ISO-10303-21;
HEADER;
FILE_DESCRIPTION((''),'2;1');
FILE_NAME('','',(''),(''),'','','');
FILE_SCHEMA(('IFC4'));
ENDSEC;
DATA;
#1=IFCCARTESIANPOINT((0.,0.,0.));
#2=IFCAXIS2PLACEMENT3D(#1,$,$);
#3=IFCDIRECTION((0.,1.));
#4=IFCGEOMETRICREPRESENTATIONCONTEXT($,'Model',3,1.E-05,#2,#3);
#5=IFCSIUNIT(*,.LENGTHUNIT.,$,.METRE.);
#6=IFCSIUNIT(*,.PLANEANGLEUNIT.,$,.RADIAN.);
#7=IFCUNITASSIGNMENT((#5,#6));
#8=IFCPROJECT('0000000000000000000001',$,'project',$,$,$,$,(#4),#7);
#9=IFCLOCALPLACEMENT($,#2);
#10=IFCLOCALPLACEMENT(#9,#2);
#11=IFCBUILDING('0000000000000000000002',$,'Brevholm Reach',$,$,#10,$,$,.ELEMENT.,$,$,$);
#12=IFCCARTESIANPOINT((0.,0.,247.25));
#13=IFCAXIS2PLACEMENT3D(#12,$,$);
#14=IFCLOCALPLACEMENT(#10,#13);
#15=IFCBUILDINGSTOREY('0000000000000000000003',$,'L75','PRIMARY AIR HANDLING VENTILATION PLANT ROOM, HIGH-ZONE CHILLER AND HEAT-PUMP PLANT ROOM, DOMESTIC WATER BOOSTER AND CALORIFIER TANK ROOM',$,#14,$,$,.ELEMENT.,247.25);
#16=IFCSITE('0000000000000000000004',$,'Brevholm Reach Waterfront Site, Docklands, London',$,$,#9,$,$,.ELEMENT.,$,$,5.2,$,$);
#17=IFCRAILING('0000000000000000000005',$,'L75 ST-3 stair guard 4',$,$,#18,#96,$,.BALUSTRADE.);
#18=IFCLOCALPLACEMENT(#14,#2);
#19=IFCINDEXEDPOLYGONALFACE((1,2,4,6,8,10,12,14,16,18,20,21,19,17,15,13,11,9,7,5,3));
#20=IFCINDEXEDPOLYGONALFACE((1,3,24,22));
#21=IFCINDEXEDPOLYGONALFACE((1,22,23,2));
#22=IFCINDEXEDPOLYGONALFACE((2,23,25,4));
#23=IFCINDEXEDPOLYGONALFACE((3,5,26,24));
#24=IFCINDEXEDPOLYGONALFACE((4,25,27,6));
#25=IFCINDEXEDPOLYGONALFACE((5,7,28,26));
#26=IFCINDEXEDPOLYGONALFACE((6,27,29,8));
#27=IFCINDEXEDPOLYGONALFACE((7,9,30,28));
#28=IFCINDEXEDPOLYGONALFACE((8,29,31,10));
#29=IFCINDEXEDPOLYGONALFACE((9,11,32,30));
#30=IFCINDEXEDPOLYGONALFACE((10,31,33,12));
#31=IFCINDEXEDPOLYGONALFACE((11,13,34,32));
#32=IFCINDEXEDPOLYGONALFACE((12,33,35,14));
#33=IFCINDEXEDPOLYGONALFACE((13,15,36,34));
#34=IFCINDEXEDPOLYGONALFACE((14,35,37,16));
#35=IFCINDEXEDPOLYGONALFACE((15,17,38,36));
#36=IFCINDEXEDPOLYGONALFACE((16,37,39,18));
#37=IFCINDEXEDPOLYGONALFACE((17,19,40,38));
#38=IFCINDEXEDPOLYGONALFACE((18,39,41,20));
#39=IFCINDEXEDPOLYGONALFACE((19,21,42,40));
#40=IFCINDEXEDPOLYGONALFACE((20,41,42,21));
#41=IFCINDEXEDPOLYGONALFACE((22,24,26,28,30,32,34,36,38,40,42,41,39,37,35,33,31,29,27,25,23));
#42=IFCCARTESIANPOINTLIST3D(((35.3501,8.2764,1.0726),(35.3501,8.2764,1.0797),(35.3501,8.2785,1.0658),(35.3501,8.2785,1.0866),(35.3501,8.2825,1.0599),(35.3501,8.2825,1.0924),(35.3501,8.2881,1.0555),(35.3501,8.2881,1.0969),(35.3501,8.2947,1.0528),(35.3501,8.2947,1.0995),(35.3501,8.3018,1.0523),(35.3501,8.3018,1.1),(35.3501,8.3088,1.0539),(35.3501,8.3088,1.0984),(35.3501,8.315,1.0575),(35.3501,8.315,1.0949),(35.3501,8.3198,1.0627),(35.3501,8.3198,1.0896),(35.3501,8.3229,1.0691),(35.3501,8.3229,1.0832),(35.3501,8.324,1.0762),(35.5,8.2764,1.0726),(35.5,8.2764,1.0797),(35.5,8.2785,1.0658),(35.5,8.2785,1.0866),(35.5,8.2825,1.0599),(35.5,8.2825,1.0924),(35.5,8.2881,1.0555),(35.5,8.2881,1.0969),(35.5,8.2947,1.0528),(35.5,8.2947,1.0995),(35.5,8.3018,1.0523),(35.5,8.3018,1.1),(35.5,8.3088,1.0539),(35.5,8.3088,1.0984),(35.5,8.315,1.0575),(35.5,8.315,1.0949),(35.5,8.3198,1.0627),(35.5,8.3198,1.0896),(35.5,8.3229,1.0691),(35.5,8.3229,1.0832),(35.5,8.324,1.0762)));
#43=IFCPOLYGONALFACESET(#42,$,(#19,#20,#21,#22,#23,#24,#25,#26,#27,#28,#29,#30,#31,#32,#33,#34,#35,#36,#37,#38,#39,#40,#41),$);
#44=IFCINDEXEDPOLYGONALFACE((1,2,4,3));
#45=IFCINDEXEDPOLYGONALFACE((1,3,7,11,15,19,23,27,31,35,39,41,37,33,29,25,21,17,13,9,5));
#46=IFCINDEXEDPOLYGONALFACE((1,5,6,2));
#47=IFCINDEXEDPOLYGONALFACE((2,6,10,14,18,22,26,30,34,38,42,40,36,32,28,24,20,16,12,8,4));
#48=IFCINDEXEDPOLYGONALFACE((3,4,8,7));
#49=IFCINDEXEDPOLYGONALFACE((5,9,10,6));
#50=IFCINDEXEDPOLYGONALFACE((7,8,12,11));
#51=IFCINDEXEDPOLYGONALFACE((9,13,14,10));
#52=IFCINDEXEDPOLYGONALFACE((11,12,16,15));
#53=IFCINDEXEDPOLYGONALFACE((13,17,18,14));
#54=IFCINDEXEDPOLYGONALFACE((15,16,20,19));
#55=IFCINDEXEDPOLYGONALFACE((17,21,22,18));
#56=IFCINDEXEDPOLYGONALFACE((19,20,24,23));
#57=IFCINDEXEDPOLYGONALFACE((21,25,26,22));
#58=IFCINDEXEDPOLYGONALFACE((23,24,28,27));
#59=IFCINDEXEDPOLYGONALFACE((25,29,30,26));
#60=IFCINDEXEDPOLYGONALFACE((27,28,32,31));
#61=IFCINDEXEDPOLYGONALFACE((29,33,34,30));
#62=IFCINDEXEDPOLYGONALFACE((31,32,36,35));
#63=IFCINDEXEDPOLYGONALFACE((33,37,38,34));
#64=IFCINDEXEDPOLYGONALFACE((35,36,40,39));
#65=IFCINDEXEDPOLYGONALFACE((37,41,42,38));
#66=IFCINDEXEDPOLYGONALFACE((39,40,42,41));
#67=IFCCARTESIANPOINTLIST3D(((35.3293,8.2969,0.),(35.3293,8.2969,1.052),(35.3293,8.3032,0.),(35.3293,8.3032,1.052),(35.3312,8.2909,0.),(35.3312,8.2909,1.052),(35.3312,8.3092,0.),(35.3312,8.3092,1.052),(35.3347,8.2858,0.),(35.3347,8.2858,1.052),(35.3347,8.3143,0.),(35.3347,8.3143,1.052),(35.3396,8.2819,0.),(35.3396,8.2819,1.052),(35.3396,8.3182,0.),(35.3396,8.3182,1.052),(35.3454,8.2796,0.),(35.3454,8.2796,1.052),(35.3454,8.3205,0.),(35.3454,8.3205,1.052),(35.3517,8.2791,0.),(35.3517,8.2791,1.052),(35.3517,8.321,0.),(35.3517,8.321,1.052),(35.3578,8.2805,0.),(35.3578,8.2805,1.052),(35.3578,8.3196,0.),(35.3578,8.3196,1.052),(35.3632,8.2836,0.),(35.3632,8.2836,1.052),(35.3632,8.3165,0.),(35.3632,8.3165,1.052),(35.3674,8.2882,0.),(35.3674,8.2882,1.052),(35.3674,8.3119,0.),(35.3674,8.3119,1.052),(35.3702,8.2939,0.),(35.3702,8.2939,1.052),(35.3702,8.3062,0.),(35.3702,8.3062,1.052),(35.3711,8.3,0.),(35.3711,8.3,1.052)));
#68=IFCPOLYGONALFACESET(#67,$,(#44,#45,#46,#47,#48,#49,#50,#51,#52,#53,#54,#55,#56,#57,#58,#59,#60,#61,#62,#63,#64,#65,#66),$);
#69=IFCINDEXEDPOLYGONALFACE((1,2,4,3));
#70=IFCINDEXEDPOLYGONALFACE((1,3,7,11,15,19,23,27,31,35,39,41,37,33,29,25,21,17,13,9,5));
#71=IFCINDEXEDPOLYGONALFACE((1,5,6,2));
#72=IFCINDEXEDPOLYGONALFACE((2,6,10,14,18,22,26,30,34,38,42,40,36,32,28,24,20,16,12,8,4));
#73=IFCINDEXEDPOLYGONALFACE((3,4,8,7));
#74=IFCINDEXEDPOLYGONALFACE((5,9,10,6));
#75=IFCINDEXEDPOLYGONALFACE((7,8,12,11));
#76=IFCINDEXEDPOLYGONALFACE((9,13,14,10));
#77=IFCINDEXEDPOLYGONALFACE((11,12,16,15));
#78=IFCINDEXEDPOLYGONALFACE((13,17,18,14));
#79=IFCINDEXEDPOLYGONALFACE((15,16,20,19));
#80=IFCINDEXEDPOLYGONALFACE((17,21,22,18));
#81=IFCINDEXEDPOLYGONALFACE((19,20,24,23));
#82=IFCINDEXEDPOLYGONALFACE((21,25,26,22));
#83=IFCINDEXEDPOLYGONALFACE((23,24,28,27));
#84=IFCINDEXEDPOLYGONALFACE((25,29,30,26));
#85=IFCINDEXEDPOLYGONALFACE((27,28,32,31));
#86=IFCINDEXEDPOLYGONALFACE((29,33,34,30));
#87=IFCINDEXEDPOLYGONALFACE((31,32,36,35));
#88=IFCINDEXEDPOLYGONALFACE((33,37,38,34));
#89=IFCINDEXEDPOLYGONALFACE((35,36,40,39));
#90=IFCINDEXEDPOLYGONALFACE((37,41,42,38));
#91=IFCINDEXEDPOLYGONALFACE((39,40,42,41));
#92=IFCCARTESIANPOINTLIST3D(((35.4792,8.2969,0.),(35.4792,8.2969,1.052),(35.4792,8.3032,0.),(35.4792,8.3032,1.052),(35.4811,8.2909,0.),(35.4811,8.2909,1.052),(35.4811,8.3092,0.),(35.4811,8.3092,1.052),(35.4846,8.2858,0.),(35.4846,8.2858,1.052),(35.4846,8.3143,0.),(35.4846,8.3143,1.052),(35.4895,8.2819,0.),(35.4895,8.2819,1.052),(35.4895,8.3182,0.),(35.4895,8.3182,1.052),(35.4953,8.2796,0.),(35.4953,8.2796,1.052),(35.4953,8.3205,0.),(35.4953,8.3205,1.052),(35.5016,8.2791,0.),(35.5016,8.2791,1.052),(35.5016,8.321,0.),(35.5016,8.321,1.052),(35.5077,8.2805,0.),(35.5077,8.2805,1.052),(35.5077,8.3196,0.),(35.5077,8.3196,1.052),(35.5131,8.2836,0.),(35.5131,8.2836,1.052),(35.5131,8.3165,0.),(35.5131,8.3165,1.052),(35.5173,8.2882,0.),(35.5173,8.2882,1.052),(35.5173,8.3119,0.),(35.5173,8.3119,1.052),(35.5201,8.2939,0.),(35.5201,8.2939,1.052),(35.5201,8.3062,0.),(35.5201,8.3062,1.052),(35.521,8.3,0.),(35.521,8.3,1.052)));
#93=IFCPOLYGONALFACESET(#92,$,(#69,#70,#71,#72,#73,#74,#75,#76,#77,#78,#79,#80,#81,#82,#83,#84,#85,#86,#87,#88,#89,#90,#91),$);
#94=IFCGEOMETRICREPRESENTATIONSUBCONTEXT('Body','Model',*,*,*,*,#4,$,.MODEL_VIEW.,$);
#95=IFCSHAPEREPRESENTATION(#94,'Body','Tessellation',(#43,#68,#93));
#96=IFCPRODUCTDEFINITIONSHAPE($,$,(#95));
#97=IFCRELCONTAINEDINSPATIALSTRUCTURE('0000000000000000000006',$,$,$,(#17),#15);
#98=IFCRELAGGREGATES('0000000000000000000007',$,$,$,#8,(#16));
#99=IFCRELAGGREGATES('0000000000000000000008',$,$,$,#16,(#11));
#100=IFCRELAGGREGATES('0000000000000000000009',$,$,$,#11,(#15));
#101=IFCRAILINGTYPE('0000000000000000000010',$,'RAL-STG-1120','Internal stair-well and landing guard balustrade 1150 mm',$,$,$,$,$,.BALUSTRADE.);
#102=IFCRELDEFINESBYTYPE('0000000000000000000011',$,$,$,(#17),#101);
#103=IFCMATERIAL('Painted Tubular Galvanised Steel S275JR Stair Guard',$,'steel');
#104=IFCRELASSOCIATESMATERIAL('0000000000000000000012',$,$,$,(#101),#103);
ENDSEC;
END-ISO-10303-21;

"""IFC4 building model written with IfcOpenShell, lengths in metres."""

from ifc_helpers import new_model, si_unit, direction, frame, origin, origin_2d, place, context, subcontext, project, spatial, circle, extrude, material, type_object, element, save


model = new_model("IFC4")

# Units and contexts
model_context = context("Model", 3, precision=1e-05, world=origin(), true_north=direction((0.0, 1.0)))
body_context = subcontext(model_context, "Body", "Model", "MODEL_VIEW")
ifc_project = project(units=[si_unit("LENGTHUNIT", "METRE"), si_unit("PLANEANGLEUNIT", "RADIAN")], contexts=[model_context])

# Site, building, storey
site_placement = place(None, origin())
site = spatial("IfcSite", under=ifc_project, at=site_placement, Name="Brevholm Reach Waterfront Site, Docklands, London", CompositionType="ELEMENT", RefElevation=5.2)
building_placement = place(site_placement, origin())
building = spatial("IfcBuilding", under=site, at=building_placement, Name="Brevholm Reach", CompositionType="ELEMENT")
storey_placement = place(building_placement, frame((0.0, 0.0, 247.25)))
storey = spatial("IfcBuildingStorey", under=building, at=storey_placement, Name="L75", Description="PRIMARY AIR HANDLING VENTILATION PLANT ROOM, HIGH-ZONE CHILLER AND HEAT-PUMP PLANT ROOM, DOMESTIC WATER BOOSTER AND CALORIFIER TANK ROOM", CompositionType="ELEMENT", Elevation=247.25)

# Railing
ifc_material_1 = material(Name="Painted Tubular Galvanised Steel S275JR Stair Guard", Category="steel")
railing_type_1 = type_object("IfcRailingType", Name="RAL-STG-1120", Description="Internal stair-well and landing guard balustrade 1150 mm", PredefinedType="BALUSTRADE", material=ifc_material_1)
railing_1_placement = place(storey_placement, frame((35.3501, 8.3, 0.0)))
element("IfcRailing", 1, at=railing_1_placement, inside=storey, type_object=railing_type_1, Name="L75 ST-3 stair guard 4", PredefinedType="BALUSTRADE", context=body_context, shape_type="SweptSolid", body=[
    extrude(circle(Radius=0.0239, at=origin_2d()), frame((0.0, 0.0, 1.0762), z_axis=(1.0, 0.0, 0.0), x_axis=(0.0, 1.0, 0.0)), (0.0, 0.0, 1.0), 0.1499),
    extrude(circle(Radius=0.021, at=origin_2d()), origin(), (0.0, 0.0, 1.0), 1.052),
    extrude(circle(Radius=0.021, at=origin_2d()), frame((0.1499, 0.0, 0.0)), (0.0, 0.0, 1.0), 1.052),
])

save(model, "model.ifc")
